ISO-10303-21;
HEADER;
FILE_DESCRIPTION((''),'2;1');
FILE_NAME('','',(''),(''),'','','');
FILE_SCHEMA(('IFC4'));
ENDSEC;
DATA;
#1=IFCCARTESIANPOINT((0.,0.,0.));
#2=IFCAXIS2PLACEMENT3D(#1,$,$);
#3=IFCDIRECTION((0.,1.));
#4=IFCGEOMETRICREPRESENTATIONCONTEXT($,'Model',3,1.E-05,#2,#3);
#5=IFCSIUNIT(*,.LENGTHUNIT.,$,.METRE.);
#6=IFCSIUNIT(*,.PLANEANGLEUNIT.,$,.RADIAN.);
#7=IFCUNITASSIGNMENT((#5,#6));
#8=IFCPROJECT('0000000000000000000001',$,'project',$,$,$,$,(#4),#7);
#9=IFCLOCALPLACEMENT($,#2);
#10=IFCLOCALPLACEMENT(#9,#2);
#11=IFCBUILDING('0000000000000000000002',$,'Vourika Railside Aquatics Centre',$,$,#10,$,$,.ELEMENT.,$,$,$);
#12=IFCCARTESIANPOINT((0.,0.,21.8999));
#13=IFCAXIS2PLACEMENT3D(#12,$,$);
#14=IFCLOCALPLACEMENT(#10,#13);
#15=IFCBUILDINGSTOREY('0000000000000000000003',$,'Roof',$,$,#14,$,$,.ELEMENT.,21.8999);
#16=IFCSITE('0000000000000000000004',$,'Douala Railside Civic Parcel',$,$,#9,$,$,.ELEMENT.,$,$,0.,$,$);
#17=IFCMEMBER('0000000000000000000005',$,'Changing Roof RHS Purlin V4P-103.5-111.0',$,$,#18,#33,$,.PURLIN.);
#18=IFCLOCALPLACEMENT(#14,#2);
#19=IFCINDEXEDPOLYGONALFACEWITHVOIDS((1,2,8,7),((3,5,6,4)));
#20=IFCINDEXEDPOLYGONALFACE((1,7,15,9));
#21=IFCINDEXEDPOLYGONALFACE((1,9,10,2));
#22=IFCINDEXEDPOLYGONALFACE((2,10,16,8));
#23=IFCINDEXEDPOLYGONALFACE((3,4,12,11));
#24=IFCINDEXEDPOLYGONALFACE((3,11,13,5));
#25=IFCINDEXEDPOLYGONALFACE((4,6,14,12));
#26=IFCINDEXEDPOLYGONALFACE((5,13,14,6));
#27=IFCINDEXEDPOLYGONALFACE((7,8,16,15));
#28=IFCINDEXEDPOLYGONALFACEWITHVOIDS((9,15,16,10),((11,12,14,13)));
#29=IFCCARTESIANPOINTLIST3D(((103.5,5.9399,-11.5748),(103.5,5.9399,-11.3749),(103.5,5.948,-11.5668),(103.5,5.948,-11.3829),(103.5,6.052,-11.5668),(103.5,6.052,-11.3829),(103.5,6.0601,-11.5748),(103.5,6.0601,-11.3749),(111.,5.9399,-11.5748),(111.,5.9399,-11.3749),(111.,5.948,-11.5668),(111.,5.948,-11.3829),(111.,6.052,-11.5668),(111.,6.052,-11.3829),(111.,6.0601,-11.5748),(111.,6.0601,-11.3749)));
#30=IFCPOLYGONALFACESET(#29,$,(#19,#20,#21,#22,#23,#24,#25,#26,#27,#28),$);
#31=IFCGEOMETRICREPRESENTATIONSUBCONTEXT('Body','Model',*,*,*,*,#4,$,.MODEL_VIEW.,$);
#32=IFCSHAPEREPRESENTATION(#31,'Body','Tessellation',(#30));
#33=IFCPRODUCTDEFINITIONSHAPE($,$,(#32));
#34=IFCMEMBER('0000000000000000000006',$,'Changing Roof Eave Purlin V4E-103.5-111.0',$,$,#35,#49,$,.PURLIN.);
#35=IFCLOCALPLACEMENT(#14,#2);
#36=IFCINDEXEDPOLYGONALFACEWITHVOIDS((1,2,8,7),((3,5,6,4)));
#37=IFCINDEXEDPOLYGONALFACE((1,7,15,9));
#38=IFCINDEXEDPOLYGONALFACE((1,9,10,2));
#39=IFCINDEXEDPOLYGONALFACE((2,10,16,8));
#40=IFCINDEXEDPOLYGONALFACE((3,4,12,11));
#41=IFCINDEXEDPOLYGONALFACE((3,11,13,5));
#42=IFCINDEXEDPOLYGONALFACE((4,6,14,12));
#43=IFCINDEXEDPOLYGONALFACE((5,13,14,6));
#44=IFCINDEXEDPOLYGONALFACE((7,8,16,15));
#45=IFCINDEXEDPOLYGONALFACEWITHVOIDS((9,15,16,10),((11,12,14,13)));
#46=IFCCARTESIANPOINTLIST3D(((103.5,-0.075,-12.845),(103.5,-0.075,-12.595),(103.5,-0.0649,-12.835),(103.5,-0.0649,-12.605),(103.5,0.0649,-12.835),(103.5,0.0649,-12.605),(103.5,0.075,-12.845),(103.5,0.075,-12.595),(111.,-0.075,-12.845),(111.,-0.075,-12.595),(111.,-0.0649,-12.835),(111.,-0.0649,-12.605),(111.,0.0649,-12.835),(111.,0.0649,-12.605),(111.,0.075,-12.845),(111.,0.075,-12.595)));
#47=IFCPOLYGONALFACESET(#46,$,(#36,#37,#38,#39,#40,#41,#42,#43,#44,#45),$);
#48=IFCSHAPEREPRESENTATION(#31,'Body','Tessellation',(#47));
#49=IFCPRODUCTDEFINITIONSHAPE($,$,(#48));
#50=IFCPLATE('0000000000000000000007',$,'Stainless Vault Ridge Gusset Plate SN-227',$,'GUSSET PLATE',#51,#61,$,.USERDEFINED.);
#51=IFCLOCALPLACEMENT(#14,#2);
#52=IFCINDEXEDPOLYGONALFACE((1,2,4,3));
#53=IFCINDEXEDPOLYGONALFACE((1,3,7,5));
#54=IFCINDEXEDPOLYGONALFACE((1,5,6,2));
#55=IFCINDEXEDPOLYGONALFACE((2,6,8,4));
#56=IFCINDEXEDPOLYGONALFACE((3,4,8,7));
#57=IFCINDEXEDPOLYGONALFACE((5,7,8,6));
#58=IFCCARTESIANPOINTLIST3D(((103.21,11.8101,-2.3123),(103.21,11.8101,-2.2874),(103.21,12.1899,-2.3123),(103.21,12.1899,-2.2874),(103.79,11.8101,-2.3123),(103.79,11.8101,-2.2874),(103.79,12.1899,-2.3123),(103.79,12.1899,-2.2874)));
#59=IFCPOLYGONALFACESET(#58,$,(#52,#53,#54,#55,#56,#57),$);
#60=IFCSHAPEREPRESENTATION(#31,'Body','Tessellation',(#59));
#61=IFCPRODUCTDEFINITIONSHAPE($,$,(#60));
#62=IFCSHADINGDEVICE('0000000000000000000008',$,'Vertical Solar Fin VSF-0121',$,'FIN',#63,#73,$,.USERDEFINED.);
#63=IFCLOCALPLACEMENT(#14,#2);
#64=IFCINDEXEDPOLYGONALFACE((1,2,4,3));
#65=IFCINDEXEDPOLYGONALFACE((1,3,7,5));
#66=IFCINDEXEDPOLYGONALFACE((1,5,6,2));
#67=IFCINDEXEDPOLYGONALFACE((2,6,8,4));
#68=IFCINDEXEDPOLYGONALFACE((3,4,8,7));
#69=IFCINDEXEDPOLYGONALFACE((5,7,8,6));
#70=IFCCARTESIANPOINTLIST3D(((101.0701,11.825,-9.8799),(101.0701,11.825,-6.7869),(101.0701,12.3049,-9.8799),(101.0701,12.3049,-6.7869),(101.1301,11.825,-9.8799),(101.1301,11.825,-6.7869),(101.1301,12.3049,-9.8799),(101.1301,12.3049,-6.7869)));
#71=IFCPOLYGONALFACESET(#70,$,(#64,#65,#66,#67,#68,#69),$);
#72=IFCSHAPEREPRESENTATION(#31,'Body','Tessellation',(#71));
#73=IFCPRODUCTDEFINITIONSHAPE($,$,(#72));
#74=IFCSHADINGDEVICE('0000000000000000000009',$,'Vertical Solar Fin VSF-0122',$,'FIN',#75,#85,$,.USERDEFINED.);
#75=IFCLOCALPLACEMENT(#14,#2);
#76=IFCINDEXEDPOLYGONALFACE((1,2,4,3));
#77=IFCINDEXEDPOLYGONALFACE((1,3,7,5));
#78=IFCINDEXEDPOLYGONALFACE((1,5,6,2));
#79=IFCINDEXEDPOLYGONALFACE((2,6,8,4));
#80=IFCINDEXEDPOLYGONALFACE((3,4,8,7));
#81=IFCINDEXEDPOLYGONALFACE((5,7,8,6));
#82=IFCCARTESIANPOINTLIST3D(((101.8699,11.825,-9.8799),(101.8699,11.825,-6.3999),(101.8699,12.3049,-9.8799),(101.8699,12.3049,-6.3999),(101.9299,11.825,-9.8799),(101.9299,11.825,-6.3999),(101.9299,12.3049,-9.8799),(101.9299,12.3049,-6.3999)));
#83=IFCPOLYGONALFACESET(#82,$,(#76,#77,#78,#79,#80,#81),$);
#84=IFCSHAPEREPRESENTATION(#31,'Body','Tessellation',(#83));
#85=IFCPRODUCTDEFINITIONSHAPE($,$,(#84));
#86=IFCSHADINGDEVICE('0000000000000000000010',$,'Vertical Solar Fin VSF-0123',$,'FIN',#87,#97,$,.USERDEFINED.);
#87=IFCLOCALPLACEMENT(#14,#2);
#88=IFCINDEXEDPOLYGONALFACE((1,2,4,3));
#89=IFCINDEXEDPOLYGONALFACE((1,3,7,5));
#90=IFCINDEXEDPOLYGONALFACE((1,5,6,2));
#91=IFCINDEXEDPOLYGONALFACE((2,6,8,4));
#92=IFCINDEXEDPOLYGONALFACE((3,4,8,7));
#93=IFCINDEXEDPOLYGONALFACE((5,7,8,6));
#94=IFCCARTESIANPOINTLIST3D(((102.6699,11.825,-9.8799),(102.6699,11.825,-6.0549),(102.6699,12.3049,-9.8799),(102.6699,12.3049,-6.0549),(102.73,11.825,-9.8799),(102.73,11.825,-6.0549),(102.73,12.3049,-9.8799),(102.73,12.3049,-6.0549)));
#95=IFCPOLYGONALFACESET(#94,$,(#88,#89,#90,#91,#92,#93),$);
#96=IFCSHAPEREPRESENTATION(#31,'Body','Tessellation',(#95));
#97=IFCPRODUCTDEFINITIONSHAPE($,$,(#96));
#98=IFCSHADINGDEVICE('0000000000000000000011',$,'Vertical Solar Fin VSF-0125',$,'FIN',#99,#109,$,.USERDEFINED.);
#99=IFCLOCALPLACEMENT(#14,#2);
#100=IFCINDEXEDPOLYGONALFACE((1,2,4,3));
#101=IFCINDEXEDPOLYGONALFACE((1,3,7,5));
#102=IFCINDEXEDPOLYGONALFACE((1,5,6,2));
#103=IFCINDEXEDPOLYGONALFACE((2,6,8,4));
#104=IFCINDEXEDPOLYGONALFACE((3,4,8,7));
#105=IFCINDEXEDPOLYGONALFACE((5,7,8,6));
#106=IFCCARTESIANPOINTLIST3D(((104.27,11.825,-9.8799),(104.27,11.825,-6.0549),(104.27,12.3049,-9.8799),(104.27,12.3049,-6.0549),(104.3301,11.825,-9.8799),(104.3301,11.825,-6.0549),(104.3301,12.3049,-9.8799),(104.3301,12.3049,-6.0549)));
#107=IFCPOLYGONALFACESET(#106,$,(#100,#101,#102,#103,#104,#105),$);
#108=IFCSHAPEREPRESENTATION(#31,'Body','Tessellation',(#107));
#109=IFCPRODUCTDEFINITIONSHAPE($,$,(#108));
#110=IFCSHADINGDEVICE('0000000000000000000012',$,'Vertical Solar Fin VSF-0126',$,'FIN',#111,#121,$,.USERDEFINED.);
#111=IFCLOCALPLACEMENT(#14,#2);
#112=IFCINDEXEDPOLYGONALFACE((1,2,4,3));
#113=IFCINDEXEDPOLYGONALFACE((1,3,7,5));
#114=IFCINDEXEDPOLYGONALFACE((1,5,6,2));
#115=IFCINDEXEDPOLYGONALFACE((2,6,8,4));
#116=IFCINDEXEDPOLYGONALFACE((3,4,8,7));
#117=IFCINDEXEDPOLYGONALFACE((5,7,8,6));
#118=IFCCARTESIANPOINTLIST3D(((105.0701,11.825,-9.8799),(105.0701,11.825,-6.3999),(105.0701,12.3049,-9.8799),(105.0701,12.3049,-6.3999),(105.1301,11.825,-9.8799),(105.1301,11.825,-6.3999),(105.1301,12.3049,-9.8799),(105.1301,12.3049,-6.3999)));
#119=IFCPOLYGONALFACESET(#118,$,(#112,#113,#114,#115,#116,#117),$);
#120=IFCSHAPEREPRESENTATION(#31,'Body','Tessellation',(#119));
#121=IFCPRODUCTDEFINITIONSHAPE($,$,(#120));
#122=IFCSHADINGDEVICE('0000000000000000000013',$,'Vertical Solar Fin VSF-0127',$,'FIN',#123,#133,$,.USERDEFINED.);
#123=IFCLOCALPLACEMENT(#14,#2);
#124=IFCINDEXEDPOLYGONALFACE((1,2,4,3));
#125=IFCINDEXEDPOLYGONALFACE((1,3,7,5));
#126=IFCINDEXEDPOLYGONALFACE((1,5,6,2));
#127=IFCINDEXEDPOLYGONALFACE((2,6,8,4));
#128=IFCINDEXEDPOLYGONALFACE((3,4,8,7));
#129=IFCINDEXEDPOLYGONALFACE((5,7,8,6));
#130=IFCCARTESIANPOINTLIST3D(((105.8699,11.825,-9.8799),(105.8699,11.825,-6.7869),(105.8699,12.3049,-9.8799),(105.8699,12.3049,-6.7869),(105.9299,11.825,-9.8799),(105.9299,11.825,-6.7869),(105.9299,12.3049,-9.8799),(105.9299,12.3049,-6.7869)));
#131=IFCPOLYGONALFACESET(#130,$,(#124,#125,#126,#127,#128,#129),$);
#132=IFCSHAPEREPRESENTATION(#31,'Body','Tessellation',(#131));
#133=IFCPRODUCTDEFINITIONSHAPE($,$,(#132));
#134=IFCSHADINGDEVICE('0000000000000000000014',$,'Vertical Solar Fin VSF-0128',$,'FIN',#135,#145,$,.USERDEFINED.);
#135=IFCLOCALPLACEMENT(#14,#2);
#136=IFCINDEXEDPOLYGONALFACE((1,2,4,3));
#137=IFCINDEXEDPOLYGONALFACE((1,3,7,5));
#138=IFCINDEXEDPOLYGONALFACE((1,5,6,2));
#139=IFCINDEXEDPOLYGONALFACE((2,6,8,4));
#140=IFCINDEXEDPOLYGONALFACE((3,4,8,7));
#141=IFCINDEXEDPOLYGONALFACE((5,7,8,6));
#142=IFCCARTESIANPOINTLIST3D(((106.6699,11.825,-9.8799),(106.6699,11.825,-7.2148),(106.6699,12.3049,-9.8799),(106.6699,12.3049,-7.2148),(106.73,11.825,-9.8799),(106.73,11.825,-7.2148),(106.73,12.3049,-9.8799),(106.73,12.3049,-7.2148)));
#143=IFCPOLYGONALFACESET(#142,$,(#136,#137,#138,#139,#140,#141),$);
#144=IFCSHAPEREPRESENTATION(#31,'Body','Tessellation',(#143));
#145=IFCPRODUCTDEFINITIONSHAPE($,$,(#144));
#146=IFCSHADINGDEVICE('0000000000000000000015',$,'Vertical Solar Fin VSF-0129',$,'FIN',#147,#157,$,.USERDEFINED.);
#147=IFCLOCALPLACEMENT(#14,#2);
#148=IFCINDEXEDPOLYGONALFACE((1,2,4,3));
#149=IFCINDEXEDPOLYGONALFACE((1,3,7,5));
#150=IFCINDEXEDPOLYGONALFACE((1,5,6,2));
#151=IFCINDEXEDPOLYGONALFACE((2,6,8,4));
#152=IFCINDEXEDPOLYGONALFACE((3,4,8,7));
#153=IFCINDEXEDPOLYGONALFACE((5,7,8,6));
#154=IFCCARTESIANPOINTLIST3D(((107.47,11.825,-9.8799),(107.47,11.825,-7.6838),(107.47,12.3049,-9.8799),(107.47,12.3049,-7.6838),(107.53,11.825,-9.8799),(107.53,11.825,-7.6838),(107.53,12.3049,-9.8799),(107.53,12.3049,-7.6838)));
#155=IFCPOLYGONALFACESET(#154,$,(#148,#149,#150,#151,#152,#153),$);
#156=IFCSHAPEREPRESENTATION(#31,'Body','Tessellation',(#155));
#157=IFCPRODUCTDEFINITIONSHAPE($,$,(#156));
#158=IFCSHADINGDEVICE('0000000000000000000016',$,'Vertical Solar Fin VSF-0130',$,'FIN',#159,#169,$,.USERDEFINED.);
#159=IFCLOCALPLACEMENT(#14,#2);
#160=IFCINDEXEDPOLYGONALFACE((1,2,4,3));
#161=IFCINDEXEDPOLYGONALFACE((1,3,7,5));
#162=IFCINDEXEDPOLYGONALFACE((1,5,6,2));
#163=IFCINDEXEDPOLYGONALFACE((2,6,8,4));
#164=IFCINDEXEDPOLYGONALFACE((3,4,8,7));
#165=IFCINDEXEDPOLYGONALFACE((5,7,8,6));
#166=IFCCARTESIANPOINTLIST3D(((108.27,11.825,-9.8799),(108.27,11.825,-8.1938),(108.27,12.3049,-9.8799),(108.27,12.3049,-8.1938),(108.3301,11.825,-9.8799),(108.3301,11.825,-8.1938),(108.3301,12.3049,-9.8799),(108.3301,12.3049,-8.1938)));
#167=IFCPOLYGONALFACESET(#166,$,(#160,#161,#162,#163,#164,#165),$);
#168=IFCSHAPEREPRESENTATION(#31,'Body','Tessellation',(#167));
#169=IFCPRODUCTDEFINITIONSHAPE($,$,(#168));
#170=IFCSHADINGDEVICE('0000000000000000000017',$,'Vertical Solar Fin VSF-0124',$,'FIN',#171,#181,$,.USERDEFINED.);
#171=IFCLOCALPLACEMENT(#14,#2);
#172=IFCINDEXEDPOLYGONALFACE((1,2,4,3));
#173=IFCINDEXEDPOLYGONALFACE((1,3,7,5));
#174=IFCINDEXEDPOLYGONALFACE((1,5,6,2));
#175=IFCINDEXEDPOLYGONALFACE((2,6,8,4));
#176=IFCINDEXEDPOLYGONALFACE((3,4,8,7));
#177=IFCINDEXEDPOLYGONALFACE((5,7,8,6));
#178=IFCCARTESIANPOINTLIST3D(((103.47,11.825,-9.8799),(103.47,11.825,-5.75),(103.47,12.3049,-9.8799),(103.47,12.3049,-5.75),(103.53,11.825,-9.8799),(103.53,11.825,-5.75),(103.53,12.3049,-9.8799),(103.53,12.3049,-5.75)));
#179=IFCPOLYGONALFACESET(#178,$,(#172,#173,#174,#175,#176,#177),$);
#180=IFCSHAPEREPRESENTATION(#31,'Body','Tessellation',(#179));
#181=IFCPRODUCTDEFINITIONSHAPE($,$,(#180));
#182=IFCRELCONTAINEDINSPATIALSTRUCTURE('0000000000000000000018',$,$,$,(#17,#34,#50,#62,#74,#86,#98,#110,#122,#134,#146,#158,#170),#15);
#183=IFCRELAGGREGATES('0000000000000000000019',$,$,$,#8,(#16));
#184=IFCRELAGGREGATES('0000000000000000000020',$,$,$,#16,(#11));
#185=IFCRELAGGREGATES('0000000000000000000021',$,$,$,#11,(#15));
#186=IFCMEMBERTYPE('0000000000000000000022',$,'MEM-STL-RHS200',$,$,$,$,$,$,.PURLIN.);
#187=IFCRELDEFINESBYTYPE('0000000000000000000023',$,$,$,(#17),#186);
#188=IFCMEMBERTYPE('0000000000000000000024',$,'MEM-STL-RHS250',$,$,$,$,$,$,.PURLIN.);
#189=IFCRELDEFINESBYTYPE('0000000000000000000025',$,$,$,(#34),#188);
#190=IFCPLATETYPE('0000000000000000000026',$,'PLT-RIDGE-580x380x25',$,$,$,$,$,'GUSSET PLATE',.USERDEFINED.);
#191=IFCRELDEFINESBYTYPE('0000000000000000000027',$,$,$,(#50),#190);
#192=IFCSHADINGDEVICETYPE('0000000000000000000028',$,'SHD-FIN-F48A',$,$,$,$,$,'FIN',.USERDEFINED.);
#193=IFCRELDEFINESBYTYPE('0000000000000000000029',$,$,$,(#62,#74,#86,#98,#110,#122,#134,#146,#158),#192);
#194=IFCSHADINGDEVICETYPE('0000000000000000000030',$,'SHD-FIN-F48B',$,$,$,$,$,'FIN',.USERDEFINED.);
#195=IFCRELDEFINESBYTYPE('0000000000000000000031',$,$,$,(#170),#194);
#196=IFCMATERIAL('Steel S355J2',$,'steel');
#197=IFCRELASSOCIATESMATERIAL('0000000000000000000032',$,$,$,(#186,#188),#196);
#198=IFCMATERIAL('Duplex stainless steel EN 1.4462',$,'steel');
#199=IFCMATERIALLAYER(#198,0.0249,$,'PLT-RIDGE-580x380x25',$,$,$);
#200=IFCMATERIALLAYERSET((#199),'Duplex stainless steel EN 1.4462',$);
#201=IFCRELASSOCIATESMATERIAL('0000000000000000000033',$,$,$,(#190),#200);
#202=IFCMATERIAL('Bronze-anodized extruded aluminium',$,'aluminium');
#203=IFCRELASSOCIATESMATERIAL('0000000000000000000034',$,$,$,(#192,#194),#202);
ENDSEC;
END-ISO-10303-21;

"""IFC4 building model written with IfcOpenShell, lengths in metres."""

from ifc_helpers import new_model, si_unit, direction, frame, origin, origin_2d, place, context, subcontext, project, spatial, rectangle, hollow_rectangle, extrude, material, layer, layer_set, material_profile, profile_set, type_object, element, save


model = new_model("IFC4")

# Units and contexts
model_context = context("Model", 3, precision=1e-05, world=origin(), true_north=direction((0.0, 1.0)))
body_context = subcontext(model_context, "Body", "Model", "MODEL_VIEW")
ifc_project = project(units=[si_unit("LENGTHUNIT", "METRE"), si_unit("PLANEANGLEUNIT", "RADIAN")], contexts=[model_context])

# Site, building, storey
site_placement = place(None, origin())
site = spatial("IfcSite", under=ifc_project, at=site_placement, Name="Douala Railside Civic Parcel", CompositionType="ELEMENT", RefElevation=0.0)
building_placement = place(site_placement, origin())
building = spatial("IfcBuilding", under=site, at=building_placement, Name="Vourika Railside Aquatics Centre", CompositionType="ELEMENT")
storey_placement = place(building_placement, frame((0.0, 0.0, 21.8999)))
storey = spatial("IfcBuildingStorey", under=building, at=storey_placement, Name="Roof", CompositionType="ELEMENT", Elevation=21.8999)

# Shared definitions
ifc_material_1 = material(Name="Steel S355J2", Category="steel")

# Members
ifc_material_profile_1 = material_profile(ifc_material_1, hollow_rectangle(XDim=0.1201, YDim=0.2, WallThickness=0.0081, at=origin_2d()), Name="RHS 200x120x8")
ifc_profile_set_1 = profile_set([ifc_material_profile_1], Name="Steel S355J2")
member_type_1 = type_object("IfcMemberType", Name="MEM-STL-RHS200", PredefinedType="PURLIN", material=ifc_profile_set_1)
member_1_placement = place(storey_placement, frame((103.5, 6.0, -11.4749), z_axis=(1.0, 0.0, 0.0), x_axis=(0.0, 1.0, 0.0)))
element("IfcMember", 1, at=member_1_placement, inside=storey, type_object=member_type_1, Name="Changing Roof RHS Purlin V4P-103.5-111.0", PredefinedType="PURLIN", context=body_context, shape_type="SweptSolid", body=[
    extrude(hollow_rectangle(XDim=0.1201, YDim=0.2, WallThickness=0.0081, at=origin_2d()), origin(), (0.0, 0.0, 1.0), 7.5),
])
ifc_material_profile_2 = material_profile(ifc_material_1, hollow_rectangle(XDim=0.1499, YDim=0.25, WallThickness=0.01, at=origin_2d()), Name="RHS 250x150x10")
ifc_profile_set_2 = profile_set([ifc_material_profile_2], Name="Steel S355J2")
member_type_2 = type_object("IfcMemberType", Name="MEM-STL-RHS250", PredefinedType="PURLIN", material=ifc_profile_set_2)
member_2_placement = place(storey_placement, frame((103.5, 0.0, -12.72), z_axis=(1.0, 0.0, 0.0), x_axis=(0.0, 1.0, 0.0)))
element("IfcMember", 2, at=member_2_placement, inside=storey, type_object=member_type_2, Name="Changing Roof Eave Purlin V4E-103.5-111.0", PredefinedType="PURLIN", context=body_context, shape_type="SweptSolid", body=[
    extrude(hollow_rectangle(XDim=0.1499, YDim=0.25, WallThickness=0.01, at=origin_2d()), origin(), (0.0, 0.0, 1.0), 7.5),
])

# Plate
ifc_material_2 = material(Name="Duplex stainless steel EN 1.4462", Category="steel")
ifc_layer = layer(ifc_material_2, 0.0249, Name="PLT-RIDGE-580x380x25")
ifc_layer_set = layer_set([ifc_layer], Name="Duplex stainless steel EN 1.4462")
plate_type = type_object("IfcPlateType", Name="PLT-RIDGE-580x380x25", ElementType="GUSSET PLATE", PredefinedType="USERDEFINED", material=ifc_layer_set)
plate_placement = place(storey_placement, frame((103.5, 12.0, -2.3123), z_axis=(0.0, 0.0, 1.0), x_axis=(1.0, 0.0, 0.0)))
element("IfcPlate", 3, at=plate_placement, inside=storey, type_object=plate_type, Name="Stainless Vault Ridge Gusset Plate SN-227", ObjectType="GUSSET PLATE", PredefinedType="USERDEFINED", context=body_context, shape_type="SweptSolid", body=[
    extrude(rectangle(XDim=0.5801, YDim=0.3799, at=origin_2d()), origin(), (0.0, 0.0, 1.0), 0.0249),
])

# Shading devices
ifc_material_3 = material(Name="Bronze-anodized extruded aluminium", Category="aluminium")
ifc_material_profile_3 = material_profile(ifc_material_3, rectangle(XDim=0.0601, YDim=0.48, at=origin_2d()), Name="ALU-FIN 60x480")
ifc_profile_set_3 = profile_set([ifc_material_profile_3], Name="Bronze-anodized extruded aluminium")
shading_device_type_1 = type_object("IfcShadingDeviceType", Name="SHD-FIN-F48A", ElementType="FIN", PredefinedType="USERDEFINED", material=ifc_profile_set_3)
shading_device_1_placement = place(storey_placement, frame((101.1001, 12.0649, -9.8799), z_axis=(0.0, 0.0, 1.0), x_axis=(-1.0, 0.0, 0.0)))
element("IfcShadingDevice", 4, at=shading_device_1_placement, inside=storey, type_object=shading_device_type_1, Name="Vertical Solar Fin VSF-0121", ObjectType="FIN", PredefinedType="USERDEFINED", context=body_context, shape_type="SweptSolid", body=[
    extrude(rectangle(XDim=0.0601, YDim=0.48, at=origin_2d()), origin(), (0.0, 0.0, 1.0), 3.093),
])
shading_device_2_placement = place(storey_placement, frame((101.8999, 12.0649, -9.8799), z_axis=(0.0, 0.0, 1.0), x_axis=(-1.0, 0.0, 0.0)))
element("IfcShadingDevice", 5, at=shading_device_2_placement, inside=storey, type_object=shading_device_type_1, Name="Vertical Solar Fin VSF-0122", ObjectType="FIN", PredefinedType="USERDEFINED", context=body_context, shape_type="SweptSolid", body=[
    extrude(rectangle(XDim=0.0601, YDim=0.48, at=origin_2d()), origin(), (0.0, 0.0, 1.0), 3.48),
])
for number, where, z_axis, x_axis, name in (
    (6, (102.7, 12.0649, -9.8799), (0.0, 0.0, 1.0), (-1.0, 0.0, 0.0), "Vertical Solar Fin VSF-0123"),
    (7, (104.3, 12.0649, -9.8799), (0.0, 0.0, 1.0), (-1.0, 0.0, 0.0), "Vertical Solar Fin VSF-0125"),
):
    element("IfcShadingDevice", number, at=place(storey_placement, frame(where, z_axis=z_axis, x_axis=x_axis)), inside=storey, type_object=shading_device_type_1, Name=name, ObjectType="FIN", PredefinedType="USERDEFINED", context=body_context, shape_type="SweptSolid", body=[
        extrude(rectangle(XDim=0.0601, YDim=0.48, at=origin_2d()), origin(), (0.0, 0.0, 1.0), 3.825),
    ])
shading_device_3_placement = place(storey_placement, frame((105.1001, 12.0649, -9.8799), z_axis=(0.0, 0.0, 1.0), x_axis=(-1.0, 0.0, 0.0)))
element("IfcShadingDevice", 8, at=shading_device_3_placement, inside=storey, type_object=shading_device_type_1, Name="Vertical Solar Fin VSF-0126", ObjectType="FIN", PredefinedType="USERDEFINED", context=body_context, shape_type="SweptSolid", body=[
    extrude(rectangle(XDim=0.0601, YDim=0.48, at=origin_2d()), origin(), (0.0, 0.0, 1.0), 3.48),
])
shading_device_4_placement = place(storey_placement, frame((105.8999, 12.0649, -9.8799), z_axis=(0.0, 0.0, 1.0), x_axis=(-1.0, 0.0, 0.0)))
element("IfcShadingDevice", 9, at=shading_device_4_placement, inside=storey, type_object=shading_device_type_1, Name="Vertical Solar Fin VSF-0127", ObjectType="FIN", PredefinedType="USERDEFINED", context=body_context, shape_type="SweptSolid", body=[
    extrude(rectangle(XDim=0.0601, YDim=0.48, at=origin_2d()), origin(), (0.0, 0.0, 1.0), 3.093),
])
shading_device_5_placement = place(storey_placement, frame((106.7, 12.0649, -9.8799), z_axis=(0.0, 0.0, 1.0), x_axis=(-1.0, 0.0, 0.0)))
element("IfcShadingDevice", 10, at=shading_device_5_placement, inside=storey, type_object=shading_device_type_1, Name="Vertical Solar Fin VSF-0128", ObjectType="FIN", PredefinedType="USERDEFINED", context=body_context, shape_type="SweptSolid", body=[
    extrude(rectangle(XDim=0.0601, YDim=0.48, at=origin_2d()), origin(), (0.0, 0.0, 1.0), 2.665),
])
shading_device_6_placement = place(storey_placement, frame((107.5, 12.0649, -9.8799), z_axis=(0.0, 0.0, 1.0), x_axis=(-1.0, 0.0, 0.0)))
element("IfcShadingDevice", 11, at=shading_device_6_placement, inside=storey, type_object=shading_device_type_1, Name="Vertical Solar Fin VSF-0129", ObjectType="FIN", PredefinedType="USERDEFINED", context=body_context, shape_type="SweptSolid", body=[
    extrude(rectangle(XDim=0.0601, YDim=0.48, at=origin_2d()), origin(), (0.0, 0.0, 1.0), 2.196),
])
shading_device_7_placement = place(storey_placement, frame((108.3, 12.0649, -9.8799), z_axis=(0.0, 0.0, 1.0), x_axis=(-1.0, 0.0, 0.0)))
element("IfcShadingDevice", 12, at=shading_device_7_placement, inside=storey, type_object=shading_device_type_1, Name="Vertical Solar Fin VSF-0130", ObjectType="FIN", PredefinedType="USERDEFINED", context=body_context, shape_type="SweptSolid", body=[
    extrude(rectangle(XDim=0.0601, YDim=0.48, at=origin_2d()), origin(), (0.0, 0.0, 1.0), 1.686),
])
ifc_material_profile_4 = material_profile(ifc_material_3, rectangle(XDim=0.0601, YDim=0.48, at=origin_2d()), Name="ALU-FIN 60x480")
ifc_profile_set_4 = profile_set([ifc_material_profile_4], Name="Bronze-anodized extruded aluminium")
shading_device_type_2 = type_object("IfcShadingDeviceType", Name="SHD-FIN-F48B", ElementType="FIN", PredefinedType="USERDEFINED", material=ifc_profile_set_4)
shading_device_8_placement = place(storey_placement, frame((103.5, 12.0649, -9.8799), z_axis=(0.0, 0.0, 1.0), x_axis=(-1.0, 0.0, 0.0)))
element("IfcShadingDevice", 13, at=shading_device_8_placement, inside=storey, type_object=shading_device_type_2, Name="Vertical Solar Fin VSF-0124", ObjectType="FIN", PredefinedType="USERDEFINED", context=body_context, shape_type="SweptSolid", body=[
    extrude(rectangle(XDim=0.0601, YDim=0.48, at=origin_2d()), origin(), (0.0, 0.0, 1.0), 4.1299),
])

save(model, "model.ifc")
